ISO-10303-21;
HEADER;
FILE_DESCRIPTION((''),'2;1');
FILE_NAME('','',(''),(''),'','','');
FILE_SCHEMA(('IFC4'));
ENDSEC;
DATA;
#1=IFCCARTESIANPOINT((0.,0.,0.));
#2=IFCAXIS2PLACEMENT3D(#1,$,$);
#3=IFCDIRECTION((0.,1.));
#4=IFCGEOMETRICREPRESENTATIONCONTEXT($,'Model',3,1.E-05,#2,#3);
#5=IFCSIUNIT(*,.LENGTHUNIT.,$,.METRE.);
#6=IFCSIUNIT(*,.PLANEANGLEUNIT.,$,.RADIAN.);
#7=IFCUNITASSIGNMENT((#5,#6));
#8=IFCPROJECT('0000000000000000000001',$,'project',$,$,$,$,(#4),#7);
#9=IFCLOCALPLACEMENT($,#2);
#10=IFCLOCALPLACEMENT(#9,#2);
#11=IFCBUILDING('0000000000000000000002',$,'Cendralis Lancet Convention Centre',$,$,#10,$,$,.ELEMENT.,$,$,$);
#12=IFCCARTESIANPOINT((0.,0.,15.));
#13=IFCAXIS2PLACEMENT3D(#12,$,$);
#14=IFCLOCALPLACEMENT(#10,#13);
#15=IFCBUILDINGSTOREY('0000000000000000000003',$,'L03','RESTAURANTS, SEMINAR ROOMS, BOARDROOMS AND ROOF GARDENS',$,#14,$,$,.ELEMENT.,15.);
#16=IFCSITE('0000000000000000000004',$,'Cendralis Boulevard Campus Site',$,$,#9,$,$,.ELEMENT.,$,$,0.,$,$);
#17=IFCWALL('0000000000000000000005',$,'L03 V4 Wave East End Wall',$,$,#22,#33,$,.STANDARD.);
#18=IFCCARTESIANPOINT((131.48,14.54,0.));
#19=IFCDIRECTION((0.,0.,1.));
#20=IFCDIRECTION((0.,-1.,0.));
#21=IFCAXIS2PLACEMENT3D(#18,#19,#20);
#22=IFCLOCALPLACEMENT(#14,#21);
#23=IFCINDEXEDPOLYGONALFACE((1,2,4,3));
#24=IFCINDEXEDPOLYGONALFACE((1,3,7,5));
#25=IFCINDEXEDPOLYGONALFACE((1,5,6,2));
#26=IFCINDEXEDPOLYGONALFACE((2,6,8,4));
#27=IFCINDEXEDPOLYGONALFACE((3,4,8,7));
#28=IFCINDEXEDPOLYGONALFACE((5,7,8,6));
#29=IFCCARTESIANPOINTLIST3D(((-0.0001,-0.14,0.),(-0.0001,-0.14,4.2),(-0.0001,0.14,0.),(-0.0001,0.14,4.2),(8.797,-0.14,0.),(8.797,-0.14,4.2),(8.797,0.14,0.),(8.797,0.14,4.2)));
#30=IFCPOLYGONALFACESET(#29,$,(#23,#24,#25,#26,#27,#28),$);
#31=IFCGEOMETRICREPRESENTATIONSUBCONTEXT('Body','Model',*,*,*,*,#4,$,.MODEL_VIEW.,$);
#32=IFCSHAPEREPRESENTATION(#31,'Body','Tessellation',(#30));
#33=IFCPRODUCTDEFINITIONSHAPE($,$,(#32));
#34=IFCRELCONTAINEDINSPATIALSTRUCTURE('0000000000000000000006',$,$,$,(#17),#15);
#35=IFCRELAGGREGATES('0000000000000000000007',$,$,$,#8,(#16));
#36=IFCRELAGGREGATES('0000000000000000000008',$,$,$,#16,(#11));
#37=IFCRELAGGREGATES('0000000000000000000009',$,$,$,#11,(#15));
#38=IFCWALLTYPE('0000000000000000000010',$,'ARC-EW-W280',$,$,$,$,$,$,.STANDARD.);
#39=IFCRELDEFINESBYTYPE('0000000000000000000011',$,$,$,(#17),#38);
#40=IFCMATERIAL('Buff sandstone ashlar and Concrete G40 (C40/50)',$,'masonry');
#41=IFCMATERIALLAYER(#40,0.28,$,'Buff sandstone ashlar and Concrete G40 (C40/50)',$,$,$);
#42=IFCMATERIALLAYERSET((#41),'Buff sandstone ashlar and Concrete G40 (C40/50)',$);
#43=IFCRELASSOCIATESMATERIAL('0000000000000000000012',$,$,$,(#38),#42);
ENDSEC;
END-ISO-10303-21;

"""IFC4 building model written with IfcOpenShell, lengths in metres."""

from ifc_helpers import new_model, si_unit, direction, frame, frame_2d, origin, place, context, subcontext, project, spatial, rectangle, extrude, material, layer, layer_set, type_object, element, save


model = new_model("IFC4")

# Units and contexts
model_context = context("Model", 3, precision=1e-05, world=origin(), true_north=direction((0.0, 1.0)))
body_context = subcontext(model_context, "Body", "Model", "MODEL_VIEW")
ifc_project = project(units=[si_unit("LENGTHUNIT", "METRE"), si_unit("PLANEANGLEUNIT", "RADIAN")], contexts=[model_context])

# Site, building, storey
site_placement = place(None, origin())
site = spatial("IfcSite", under=ifc_project, at=site_placement, Name="Cendralis Boulevard Campus Site", CompositionType="ELEMENT", RefElevation=0.0)
building_placement = place(site_placement, origin())
building = spatial("IfcBuilding", under=site, at=building_placement, Name="Cendralis Lancet Convention Centre", CompositionType="ELEMENT")
storey_placement = place(building_placement, frame((0.0, 0.0, 15.0)))
storey = spatial("IfcBuildingStorey", under=building, at=storey_placement, Name="L03", Description="RESTAURANTS, SEMINAR ROOMS, BOARDROOMS AND ROOF GARDENS", CompositionType="ELEMENT", Elevation=15.0)

# Wall
ifc_material_1 = material(Name="Buff sandstone ashlar and Concrete G40 (C40/50)", Category="masonry")
ifc_layer_1 = layer(ifc_material_1, 0.28, Name="Buff sandstone ashlar and Concrete G40 (C40/50)")
ifc_layer_set_1 = layer_set([ifc_layer_1], Name="Buff sandstone ashlar and Concrete G40 (C40/50)")
wall_type_1 = type_object("IfcWallType", Name="ARC-EW-W280", PredefinedType="STANDARD", material=ifc_layer_set_1)
wall_1_placement = place(storey_placement, frame((131.48, 14.54, 0.0), z_axis=(0.0, 0.0, 1.0), x_axis=(0.0, -1.0, 0.0)))
element("IfcWall", 1, at=wall_1_placement, inside=storey, type_object=wall_type_1, Name="L03 V4 Wave East End Wall", PredefinedType="STANDARD", context=body_context, shape_type="SweptSolid", body=[
    extrude(rectangle(XDim=8.7971, YDim=0.28, at=frame_2d((4.3984, 0.0))), origin(), (0.0, 0.0, 1.0), 4.2),
])

save(model, "model.ifc")
